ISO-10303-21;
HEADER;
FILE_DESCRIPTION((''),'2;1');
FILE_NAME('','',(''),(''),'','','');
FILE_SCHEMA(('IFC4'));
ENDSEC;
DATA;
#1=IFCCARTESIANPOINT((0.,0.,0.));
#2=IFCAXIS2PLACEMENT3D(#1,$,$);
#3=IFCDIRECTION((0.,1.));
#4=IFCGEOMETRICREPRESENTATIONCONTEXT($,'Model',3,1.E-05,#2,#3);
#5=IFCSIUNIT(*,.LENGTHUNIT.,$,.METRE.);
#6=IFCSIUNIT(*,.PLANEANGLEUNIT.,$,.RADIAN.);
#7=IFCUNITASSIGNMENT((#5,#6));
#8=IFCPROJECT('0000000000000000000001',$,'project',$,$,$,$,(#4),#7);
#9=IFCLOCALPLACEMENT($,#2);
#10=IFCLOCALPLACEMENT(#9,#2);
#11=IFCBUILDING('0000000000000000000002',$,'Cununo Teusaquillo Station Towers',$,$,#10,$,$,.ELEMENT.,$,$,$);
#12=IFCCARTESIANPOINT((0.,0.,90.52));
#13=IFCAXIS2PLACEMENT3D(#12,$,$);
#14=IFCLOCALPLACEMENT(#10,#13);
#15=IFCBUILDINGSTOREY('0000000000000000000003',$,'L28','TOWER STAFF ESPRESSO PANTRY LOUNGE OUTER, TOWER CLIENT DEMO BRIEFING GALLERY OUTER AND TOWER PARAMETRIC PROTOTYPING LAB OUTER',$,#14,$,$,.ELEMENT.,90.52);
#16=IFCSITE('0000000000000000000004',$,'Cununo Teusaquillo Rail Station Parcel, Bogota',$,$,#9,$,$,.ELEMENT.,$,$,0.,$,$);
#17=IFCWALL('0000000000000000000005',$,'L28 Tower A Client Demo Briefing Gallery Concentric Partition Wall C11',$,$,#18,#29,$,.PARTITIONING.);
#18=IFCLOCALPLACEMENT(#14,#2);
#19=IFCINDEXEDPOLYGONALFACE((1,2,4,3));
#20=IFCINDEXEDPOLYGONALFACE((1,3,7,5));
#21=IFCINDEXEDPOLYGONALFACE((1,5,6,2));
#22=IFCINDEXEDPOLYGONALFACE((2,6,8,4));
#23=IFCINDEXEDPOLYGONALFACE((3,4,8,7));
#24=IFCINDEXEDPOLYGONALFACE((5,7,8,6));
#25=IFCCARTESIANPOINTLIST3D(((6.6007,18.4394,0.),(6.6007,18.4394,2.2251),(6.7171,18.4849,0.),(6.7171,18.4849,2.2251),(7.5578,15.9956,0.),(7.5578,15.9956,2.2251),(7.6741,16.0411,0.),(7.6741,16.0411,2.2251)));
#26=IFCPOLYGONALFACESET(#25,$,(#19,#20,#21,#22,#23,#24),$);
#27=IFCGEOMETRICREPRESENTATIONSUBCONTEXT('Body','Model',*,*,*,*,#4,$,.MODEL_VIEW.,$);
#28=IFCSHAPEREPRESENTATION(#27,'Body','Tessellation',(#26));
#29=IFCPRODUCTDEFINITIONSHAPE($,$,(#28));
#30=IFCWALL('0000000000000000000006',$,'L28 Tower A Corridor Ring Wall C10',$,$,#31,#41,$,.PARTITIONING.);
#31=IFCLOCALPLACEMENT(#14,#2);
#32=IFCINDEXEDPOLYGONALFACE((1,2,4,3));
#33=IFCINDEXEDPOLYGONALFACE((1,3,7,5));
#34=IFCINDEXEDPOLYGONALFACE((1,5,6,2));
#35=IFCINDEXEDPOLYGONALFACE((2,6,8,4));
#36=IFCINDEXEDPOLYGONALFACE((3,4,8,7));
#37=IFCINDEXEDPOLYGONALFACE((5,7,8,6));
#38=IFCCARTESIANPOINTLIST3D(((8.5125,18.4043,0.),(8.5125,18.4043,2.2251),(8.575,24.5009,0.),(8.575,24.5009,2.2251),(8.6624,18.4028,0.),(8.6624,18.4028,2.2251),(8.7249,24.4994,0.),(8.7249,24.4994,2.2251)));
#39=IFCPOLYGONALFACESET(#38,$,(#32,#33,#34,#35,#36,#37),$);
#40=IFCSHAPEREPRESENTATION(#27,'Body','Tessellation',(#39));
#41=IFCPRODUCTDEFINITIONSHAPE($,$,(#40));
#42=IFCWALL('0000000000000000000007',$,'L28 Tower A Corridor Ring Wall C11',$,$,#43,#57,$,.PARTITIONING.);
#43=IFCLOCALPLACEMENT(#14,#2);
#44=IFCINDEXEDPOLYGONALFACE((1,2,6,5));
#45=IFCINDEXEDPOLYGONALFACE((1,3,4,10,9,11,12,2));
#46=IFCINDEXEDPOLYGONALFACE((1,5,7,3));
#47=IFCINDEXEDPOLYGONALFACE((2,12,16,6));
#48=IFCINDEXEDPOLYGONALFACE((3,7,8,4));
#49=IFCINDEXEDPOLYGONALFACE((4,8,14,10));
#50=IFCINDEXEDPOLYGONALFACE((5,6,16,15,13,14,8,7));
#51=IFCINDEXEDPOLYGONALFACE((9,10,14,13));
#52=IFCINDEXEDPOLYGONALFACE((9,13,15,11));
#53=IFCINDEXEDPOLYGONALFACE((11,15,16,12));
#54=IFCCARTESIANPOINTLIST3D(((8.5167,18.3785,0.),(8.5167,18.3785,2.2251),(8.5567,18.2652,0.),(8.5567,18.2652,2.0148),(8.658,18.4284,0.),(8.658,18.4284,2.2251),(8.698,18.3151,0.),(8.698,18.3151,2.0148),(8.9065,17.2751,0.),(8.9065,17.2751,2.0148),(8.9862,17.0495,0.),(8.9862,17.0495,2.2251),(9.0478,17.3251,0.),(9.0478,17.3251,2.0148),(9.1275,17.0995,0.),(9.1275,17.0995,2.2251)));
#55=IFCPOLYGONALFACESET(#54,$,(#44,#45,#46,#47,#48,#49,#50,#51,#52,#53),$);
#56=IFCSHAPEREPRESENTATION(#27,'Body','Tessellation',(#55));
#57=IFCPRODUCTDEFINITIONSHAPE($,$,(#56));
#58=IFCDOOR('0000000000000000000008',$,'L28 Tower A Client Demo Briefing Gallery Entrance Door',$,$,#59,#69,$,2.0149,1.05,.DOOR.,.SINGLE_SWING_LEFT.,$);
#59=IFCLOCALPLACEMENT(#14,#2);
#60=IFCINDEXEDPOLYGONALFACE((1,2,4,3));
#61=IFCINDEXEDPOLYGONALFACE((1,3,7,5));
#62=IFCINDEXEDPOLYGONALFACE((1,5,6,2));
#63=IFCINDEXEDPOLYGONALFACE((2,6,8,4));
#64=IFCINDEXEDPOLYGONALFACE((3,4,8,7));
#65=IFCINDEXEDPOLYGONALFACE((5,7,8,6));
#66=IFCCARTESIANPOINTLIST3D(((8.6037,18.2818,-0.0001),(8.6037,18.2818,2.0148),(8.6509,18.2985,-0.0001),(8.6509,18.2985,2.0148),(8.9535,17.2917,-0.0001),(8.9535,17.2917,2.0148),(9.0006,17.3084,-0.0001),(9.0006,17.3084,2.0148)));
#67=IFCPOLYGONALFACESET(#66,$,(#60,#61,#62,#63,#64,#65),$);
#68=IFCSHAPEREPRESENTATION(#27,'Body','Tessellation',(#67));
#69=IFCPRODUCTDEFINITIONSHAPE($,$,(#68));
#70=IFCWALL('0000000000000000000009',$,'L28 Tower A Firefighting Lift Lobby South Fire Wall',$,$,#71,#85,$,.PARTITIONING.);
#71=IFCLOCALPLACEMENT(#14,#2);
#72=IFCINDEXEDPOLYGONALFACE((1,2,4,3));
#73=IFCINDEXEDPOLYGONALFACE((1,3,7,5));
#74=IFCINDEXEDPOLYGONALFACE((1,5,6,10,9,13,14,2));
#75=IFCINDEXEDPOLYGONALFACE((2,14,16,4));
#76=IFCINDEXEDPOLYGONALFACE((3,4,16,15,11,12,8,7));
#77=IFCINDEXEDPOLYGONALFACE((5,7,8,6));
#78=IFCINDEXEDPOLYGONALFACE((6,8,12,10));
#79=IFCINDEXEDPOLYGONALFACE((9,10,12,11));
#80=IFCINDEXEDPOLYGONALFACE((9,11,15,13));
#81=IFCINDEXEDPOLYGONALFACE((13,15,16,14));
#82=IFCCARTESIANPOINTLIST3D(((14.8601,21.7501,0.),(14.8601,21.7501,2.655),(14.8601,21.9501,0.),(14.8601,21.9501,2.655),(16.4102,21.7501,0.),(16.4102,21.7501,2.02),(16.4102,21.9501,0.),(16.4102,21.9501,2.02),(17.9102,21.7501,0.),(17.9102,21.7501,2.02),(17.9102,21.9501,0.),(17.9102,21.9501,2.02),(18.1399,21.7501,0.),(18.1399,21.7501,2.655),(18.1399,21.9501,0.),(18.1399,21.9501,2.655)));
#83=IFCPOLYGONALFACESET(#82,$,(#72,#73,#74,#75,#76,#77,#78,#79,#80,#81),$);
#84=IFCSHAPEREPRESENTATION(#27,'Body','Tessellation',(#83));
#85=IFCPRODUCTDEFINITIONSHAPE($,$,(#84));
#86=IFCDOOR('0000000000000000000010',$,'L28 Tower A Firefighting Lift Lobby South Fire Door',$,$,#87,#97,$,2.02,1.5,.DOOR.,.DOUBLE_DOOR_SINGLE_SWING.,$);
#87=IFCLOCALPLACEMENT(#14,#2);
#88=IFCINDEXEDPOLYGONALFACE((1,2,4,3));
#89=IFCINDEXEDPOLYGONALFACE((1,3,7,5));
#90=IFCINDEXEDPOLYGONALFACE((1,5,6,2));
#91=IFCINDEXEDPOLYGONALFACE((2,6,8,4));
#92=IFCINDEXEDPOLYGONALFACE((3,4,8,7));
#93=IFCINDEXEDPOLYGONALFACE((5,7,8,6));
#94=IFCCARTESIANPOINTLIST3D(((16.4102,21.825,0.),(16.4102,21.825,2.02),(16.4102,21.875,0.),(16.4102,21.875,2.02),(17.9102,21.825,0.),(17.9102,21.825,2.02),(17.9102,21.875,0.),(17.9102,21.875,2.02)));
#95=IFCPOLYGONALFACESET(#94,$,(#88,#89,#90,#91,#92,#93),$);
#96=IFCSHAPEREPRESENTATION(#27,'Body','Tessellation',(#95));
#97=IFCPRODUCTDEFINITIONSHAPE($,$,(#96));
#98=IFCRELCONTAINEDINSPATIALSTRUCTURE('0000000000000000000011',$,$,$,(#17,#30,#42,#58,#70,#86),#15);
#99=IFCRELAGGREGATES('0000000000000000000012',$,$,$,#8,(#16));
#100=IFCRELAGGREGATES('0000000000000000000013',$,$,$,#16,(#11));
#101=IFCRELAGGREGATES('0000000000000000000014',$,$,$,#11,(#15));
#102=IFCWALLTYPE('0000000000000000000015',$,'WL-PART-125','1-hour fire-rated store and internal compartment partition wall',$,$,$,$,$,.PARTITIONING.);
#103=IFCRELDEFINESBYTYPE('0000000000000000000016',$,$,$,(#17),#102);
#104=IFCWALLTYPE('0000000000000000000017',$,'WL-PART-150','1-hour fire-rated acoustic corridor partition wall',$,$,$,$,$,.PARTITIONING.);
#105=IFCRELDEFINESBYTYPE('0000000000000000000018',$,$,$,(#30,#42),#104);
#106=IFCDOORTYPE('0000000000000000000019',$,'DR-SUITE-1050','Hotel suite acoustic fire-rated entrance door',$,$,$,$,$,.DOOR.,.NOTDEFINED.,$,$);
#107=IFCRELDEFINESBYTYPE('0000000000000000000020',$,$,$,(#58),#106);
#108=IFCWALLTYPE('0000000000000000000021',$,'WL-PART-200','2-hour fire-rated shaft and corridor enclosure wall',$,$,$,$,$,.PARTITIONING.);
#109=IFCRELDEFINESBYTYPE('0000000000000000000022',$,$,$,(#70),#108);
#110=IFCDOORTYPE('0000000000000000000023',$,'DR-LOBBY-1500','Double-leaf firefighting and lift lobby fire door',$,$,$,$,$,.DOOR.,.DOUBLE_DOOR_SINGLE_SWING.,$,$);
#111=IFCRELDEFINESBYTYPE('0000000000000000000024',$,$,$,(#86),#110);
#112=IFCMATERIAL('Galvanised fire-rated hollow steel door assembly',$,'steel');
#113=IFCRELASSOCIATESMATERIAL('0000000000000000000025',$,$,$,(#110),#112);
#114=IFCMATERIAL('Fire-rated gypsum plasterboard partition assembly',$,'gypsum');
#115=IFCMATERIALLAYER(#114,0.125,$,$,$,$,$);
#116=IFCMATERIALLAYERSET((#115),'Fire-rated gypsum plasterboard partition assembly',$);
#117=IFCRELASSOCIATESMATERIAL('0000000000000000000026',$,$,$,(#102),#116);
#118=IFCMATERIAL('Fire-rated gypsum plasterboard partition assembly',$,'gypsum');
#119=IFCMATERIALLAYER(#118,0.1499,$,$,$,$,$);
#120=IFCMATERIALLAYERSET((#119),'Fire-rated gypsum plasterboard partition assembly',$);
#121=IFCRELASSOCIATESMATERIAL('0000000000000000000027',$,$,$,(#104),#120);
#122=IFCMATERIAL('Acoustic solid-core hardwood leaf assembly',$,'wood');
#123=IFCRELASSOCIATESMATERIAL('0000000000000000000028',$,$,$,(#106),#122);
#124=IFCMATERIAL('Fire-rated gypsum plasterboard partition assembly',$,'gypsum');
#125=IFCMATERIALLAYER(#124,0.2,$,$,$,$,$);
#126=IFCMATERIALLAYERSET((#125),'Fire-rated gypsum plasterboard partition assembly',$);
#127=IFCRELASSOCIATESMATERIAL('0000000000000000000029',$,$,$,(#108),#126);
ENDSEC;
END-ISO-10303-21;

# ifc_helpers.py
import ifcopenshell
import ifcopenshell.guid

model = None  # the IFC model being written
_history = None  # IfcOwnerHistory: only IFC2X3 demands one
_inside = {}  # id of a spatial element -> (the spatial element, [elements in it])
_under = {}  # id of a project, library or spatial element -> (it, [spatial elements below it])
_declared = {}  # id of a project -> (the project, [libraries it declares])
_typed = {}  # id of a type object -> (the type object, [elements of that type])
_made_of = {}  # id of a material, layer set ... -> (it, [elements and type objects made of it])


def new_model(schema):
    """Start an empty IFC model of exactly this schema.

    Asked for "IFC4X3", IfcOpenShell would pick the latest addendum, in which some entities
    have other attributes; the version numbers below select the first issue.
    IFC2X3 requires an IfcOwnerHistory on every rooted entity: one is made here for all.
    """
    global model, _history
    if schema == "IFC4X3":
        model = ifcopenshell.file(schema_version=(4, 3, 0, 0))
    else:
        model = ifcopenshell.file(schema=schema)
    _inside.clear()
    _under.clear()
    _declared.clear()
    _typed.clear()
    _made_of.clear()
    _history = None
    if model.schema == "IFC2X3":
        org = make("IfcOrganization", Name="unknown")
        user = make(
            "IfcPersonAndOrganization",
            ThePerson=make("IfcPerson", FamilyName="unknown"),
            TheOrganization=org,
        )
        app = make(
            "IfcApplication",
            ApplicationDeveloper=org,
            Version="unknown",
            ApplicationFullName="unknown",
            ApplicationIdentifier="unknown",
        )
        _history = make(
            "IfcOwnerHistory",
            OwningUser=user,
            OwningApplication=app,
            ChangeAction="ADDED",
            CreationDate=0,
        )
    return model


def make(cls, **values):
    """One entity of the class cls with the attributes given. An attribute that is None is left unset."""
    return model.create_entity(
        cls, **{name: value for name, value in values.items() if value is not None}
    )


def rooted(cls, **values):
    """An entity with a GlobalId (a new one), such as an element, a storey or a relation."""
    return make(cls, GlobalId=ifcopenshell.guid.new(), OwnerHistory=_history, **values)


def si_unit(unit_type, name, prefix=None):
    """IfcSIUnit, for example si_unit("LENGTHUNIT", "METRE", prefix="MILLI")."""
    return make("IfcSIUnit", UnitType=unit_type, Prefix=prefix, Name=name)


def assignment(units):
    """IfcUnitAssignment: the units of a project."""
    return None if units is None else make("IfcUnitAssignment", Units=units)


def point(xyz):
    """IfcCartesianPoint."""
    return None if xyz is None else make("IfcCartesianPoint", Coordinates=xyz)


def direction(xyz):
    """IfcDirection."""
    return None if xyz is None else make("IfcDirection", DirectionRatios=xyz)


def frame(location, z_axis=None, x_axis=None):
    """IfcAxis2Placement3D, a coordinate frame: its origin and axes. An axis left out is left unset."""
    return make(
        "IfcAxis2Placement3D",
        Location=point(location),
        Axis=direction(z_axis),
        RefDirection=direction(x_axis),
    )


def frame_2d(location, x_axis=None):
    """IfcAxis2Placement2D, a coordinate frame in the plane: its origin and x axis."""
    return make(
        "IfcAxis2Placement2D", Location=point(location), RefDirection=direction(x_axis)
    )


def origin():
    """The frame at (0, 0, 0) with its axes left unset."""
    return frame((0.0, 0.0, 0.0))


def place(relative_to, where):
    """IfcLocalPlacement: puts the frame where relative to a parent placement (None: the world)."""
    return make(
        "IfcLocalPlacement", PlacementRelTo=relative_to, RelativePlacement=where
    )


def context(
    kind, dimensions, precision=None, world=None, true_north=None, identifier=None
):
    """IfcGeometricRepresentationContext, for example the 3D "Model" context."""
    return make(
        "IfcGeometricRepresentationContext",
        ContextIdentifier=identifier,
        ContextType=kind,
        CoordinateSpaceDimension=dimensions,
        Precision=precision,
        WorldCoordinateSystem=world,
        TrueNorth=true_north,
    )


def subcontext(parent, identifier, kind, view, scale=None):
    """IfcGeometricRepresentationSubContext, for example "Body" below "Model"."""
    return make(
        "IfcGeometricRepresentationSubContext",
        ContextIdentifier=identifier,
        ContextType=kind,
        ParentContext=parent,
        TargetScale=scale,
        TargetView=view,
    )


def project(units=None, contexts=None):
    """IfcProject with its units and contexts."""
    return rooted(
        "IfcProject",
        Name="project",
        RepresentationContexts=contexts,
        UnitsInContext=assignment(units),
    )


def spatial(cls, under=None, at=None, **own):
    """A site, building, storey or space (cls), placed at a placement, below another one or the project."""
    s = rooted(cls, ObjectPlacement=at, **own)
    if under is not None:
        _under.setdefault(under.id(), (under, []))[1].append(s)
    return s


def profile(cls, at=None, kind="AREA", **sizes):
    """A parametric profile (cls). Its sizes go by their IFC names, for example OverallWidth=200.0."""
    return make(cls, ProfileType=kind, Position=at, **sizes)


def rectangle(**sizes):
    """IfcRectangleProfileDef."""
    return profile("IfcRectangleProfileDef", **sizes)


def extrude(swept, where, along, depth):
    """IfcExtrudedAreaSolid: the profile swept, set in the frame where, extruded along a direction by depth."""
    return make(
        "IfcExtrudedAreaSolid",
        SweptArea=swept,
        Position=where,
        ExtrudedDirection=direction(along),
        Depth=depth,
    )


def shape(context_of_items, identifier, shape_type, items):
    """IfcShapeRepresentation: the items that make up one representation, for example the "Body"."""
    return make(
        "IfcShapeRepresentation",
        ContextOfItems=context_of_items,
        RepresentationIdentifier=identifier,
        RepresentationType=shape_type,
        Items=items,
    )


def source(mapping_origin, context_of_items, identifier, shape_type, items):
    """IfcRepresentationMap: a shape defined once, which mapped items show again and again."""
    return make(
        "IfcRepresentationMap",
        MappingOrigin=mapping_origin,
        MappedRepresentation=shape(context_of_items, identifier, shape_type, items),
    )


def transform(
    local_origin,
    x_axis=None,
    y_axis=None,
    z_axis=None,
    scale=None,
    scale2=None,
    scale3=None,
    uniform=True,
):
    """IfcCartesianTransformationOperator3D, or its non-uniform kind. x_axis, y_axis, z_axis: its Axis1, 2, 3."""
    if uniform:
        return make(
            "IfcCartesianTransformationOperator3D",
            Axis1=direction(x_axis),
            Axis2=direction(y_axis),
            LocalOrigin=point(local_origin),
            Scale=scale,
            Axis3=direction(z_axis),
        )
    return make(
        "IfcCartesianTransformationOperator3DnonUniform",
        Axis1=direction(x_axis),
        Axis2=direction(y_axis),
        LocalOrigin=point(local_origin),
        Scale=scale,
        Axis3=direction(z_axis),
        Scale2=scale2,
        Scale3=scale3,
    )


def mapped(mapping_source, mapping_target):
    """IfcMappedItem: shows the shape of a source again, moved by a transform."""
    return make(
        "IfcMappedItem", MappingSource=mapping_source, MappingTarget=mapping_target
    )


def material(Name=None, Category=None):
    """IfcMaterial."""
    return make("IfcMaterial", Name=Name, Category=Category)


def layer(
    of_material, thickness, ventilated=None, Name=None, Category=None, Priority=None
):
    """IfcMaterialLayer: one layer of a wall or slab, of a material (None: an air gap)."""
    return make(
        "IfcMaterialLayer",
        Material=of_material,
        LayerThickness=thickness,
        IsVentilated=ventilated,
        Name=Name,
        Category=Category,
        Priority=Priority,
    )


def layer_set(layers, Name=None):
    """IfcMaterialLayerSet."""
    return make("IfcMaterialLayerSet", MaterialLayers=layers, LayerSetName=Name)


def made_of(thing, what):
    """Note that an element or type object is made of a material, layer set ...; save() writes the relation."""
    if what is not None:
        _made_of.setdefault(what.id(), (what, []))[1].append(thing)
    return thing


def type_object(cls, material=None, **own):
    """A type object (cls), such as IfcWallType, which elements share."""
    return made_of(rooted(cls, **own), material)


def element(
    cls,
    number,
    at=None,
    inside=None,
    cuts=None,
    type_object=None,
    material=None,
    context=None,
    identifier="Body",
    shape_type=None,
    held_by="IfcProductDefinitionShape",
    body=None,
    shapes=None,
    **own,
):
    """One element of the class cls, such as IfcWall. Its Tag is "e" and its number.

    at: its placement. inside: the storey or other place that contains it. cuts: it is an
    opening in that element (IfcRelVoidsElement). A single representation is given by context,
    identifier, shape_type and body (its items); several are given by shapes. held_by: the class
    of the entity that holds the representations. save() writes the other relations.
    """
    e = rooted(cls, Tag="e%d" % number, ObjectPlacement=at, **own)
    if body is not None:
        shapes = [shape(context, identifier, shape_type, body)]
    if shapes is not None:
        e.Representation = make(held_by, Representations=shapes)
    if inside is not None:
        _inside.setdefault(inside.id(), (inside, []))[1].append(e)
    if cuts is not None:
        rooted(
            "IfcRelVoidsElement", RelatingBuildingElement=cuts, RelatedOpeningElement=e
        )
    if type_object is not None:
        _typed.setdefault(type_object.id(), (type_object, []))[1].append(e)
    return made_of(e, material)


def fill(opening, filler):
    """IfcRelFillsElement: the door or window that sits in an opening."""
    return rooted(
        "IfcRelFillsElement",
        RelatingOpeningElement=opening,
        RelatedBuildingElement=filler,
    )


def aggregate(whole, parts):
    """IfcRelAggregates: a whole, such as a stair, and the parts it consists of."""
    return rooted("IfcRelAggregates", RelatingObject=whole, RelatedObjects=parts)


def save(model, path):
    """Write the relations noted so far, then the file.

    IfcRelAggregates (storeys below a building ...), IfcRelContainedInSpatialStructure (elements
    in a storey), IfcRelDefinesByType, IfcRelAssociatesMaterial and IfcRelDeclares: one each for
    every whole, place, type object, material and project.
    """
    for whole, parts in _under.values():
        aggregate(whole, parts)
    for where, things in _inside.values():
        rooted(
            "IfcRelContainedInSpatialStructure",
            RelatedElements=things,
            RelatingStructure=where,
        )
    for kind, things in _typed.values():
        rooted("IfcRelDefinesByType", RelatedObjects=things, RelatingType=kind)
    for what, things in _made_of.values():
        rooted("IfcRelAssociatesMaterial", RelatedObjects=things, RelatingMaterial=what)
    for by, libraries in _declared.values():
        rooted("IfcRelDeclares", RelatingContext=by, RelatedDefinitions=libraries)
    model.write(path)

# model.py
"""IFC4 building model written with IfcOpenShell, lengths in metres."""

from ifc_helpers import new_model, si_unit, direction, frame, frame_2d, origin, place, context, subcontext, project, spatial, rectangle, extrude, source, transform, mapped, material, layer, layer_set, type_object, element, fill, save


model = new_model("IFC4")

# Units and contexts
model_context = context("Model", 3, precision=1e-05, world=origin(), true_north=direction((0.0, 1.0)))
body_context = subcontext(model_context, "Body", "Model", "MODEL_VIEW")
ifc_project = project(units=[si_unit("LENGTHUNIT", "METRE"), si_unit("PLANEANGLEUNIT", "RADIAN")], contexts=[model_context])

# Site, building, storey
site_placement = place(None, origin())
site = spatial("IfcSite", under=ifc_project, at=site_placement, Name="Cununo Teusaquillo Rail Station Parcel, Bogota", CompositionType="ELEMENT", RefElevation=0.0)
building_placement = place(site_placement, origin())
building = spatial("IfcBuilding", under=site, at=building_placement, Name="Cununo Teusaquillo Station Towers", CompositionType="ELEMENT")
storey_placement = place(building_placement, frame((0.0, 0.0, 90.52)))
storey = spatial("IfcBuildingStorey", under=building, at=storey_placement, Name="L28", Description="TOWER STAFF ESPRESSO PANTRY LOUNGE OUTER, TOWER CLIENT DEMO BRIEFING GALLERY OUTER AND TOWER PARAMETRIC PROTOTYPING LAB OUTER", CompositionType="ELEMENT", Elevation=90.52)

# Shared definitions
ifc_material_1 = material(Name="Galvanised fire-rated hollow steel door assembly", Category="steel")
door_type_1 = type_object("IfcDoorType", Name="DR-LOBBY-1500", Description="Double-leaf firefighting and lift lobby fire door", OperationType="DOUBLE_DOOR_SINGLE_SWING", PredefinedType="DOOR", material=ifc_material_1)
shared_shape_1 = source(origin(), body_context, "Body", "SweptSolid", [
    extrude(rectangle(XDim=1.5, YDim=2.02, at=frame_2d((0.75, 1.01))), frame((0.0, 0.0249, 0.0), z_axis=(0.0, -1.0, 0.0), x_axis=(1.0, 0.0, 0.0)), (0.0, 0.0, 1.0), 0.05),
])

# Walls
ifc_material_2 = material(Name="Fire-rated gypsum plasterboard partition assembly", Category="gypsum")
ifc_layer_1 = layer(ifc_material_2, 0.125)
ifc_layer_set_1 = layer_set([ifc_layer_1], Name="Fire-rated gypsum plasterboard partition assembly")
wall_type_1 = type_object("IfcWallType", Name="WL-PART-125", Description="1-hour fire-rated store and internal compartment partition wall", PredefinedType="PARTITIONING", material=ifc_layer_set_1)
wall_1_placement = place(storey_placement, frame((6.6589, 18.4622, 0.0), z_axis=(0.0, 0.0, 1.0), x_axis=(0.364645, -0.931147, 0.0)))
element("IfcWall", 1, at=wall_1_placement, inside=storey, type_object=wall_type_1, Name="L28 Tower A Client Demo Briefing Gallery Concentric Partition Wall C11", PredefinedType="PARTITIONING", context=body_context, shape_type="SweptSolid", body=[
    extrude(rectangle(XDim=2.6245, YDim=0.125, at=frame_2d((1.3123, 0.0))), origin(), (0.0, 0.0, 1.0), 2.2251),
])
ifc_material_3 = material(Name="Fire-rated gypsum plasterboard partition assembly", Category="gypsum")
ifc_layer_2 = layer(ifc_material_3, 0.1499)
ifc_layer_set_2 = layer_set([ifc_layer_2], Name="Fire-rated gypsum plasterboard partition assembly")
wall_type_2 = type_object("IfcWallType", Name="WL-PART-150", Description="1-hour fire-rated acoustic corridor partition wall", PredefinedType="PARTITIONING", material=ifc_layer_set_2)
wall_2_placement = place(storey_placement, frame((8.6499, 24.5, 0.0), z_axis=(0.0, 0.0, 1.0), x_axis=(-0.010251, -0.999947, 0.0)))
element("IfcWall", 2, at=wall_2_placement, inside=storey, type_object=wall_type_2, Name="L28 Tower A Corridor Ring Wall C10", PredefinedType="PARTITIONING", context=body_context, shape_type="SweptSolid", body=[
    extrude(rectangle(XDim=6.0969, YDim=0.1499, at=frame_2d((3.0483, 0.0))), origin(), (0.0, 0.0, 1.0), 2.2251),
])

# Walls, openings, doors
wall_3_placement = place(storey_placement, frame((8.5874, 18.4033, 0.0), z_axis=(0.0, 0.0, 1.0), x_axis=(0.333119, -0.942885, 0.0)))
wall_3 = element("IfcWall", 3, at=wall_3_placement, inside=storey, type_object=wall_type_2, Name="L28 Tower A Corridor Ring Wall C11", PredefinedType="PARTITIONING", context=body_context, shape_type="SweptSolid", body=[
    extrude(rectangle(XDim=1.4094, YDim=0.1499, at=frame_2d((0.7046, 0.0))), origin(), (0.0, 0.0, 1.0), 2.2251),
])
shared_shape_2 = source(origin(), body_context, "Body", "SweptSolid", [
    extrude(rectangle(XDim=1.05, YDim=2.0149, at=frame_2d((0.5249, 1.0073))), frame((0.0, 0.085, 0.0), z_axis=(0.0, -1.0, 0.0), x_axis=(1.0, 0.0, 0.0)), (0.0, 0.0, 1.0), 0.1699),
])
opening_1_placement = place(wall_3_placement, frame((0.1201, 0.0, 0.0)))
opening_1 = element("IfcOpeningElement", 4, at=opening_1_placement, cuts=wall_3, PredefinedType="OPENING", context=body_context, shape_type="MappedRepresentation", body=[
    mapped(shared_shape_2, transform((0.0, 0.0, 0.0), x_axis=(1.0, 0.0, 0.0), y_axis=(0.0, 1.0, 0.0), z_axis=(0.0, 0.0, 1.0), scale=1.0)),
])
ifc_material_4 = material(Name="Acoustic solid-core hardwood leaf assembly", Category="wood")
door_type_2 = type_object("IfcDoorType", Name="DR-SUITE-1050", Description="Hotel suite acoustic fire-rated entrance door", OperationType="NOTDEFINED", PredefinedType="DOOR", material=ifc_material_4)
shared_shape_3 = source(origin(), body_context, "Body", "SweptSolid", [
    extrude(rectangle(XDim=1.05, YDim=2.0149, at=frame_2d((0.5249, 1.0073))), frame((0.0, 0.0249, 0.0), z_axis=(0.0, -1.0, 0.0), x_axis=(1.0, 0.0, 0.0)), (0.0, 0.0, 1.0), 0.05),
])
door_1_placement = place(opening_1_placement, origin())
door_1 = element("IfcDoor", 5, at=door_1_placement, inside=storey, type_object=door_type_2, Name="L28 Tower A Client Demo Briefing Gallery Entrance Door", OperationType="SINGLE_SWING_LEFT", OverallHeight=2.0149, OverallWidth=1.05, PredefinedType="DOOR", context=body_context, shape_type="MappedRepresentation", body=[
    mapped(shared_shape_3, transform((0.0, 0.0, 0.0), x_axis=(1.0, 0.0, 0.0), y_axis=(0.0, 1.0, 0.0), z_axis=(0.0, 0.0, 1.0), scale=1.0)),
])
fill(opening_1, door_1)
ifc_material_5 = material(Name="Fire-rated gypsum plasterboard partition assembly", Category="gypsum")
ifc_layer_3 = layer(ifc_material_5, 0.2)
ifc_layer_set_3 = layer_set([ifc_layer_3], Name="Fire-rated gypsum plasterboard partition assembly")
wall_type_3 = type_object("IfcWallType", Name="WL-PART-200", Description="2-hour fire-rated shaft and corridor enclosure wall", PredefinedType="PARTITIONING", material=ifc_layer_set_3)
wall_4_placement = place(storey_placement, frame((14.8601, 21.8501, 0.0), z_axis=(0.0, 0.0, 1.0), x_axis=(1.0, 0.0, 0.0)))
wall_4 = element("IfcWall", 6, at=wall_4_placement, inside=storey, type_object=wall_type_3, Name="L28 Tower A Firefighting Lift Lobby South Fire Wall", PredefinedType="PARTITIONING", context=body_context, shape_type="SweptSolid", body=[
    extrude(rectangle(XDim=3.2798, YDim=0.2, at=frame_2d((1.6399, 0.0))), origin(), (0.0, 0.0, 1.0), 2.655),
])
shared_shape_4 = source(origin(), body_context, "Body", "SweptSolid", [
    extrude(rectangle(XDim=1.5, YDim=2.02, at=frame_2d((0.75, 1.01))), frame((0.0, 0.1099, 0.0), z_axis=(0.0, -1.0, 0.0), x_axis=(1.0, 0.0, 0.0)), (0.0, 0.0, 1.0), 0.22),
])
opening_2_placement = place(wall_4_placement, frame((1.55, 0.0, 0.0)))
opening_2 = element("IfcOpeningElement", 7, at=opening_2_placement, cuts=wall_4, PredefinedType="OPENING", context=body_context, shape_type="MappedRepresentation", body=[
    mapped(shared_shape_4, transform((0.0, 0.0, 0.0), x_axis=(1.0, 0.0, 0.0), y_axis=(0.0, 1.0, 0.0), z_axis=(0.0, 0.0, 1.0), scale=1.0)),
])
door_2_placement = place(opening_2_placement, origin())
door_2 = element("IfcDoor", 8, at=door_2_placement, inside=storey, type_object=door_type_1, Name="L28 Tower A Firefighting Lift Lobby South Fire Door", OperationType="DOUBLE_DOOR_SINGLE_SWING", OverallHeight=2.02, OverallWidth=1.5, PredefinedType="DOOR", context=body_context, shape_type="MappedRepresentation", body=[
    mapped(shared_shape_1, transform((0.0, 0.0, 0.0), x_axis=(1.0, 0.0, 0.0), y_axis=(0.0, 1.0, 0.0), z_axis=(0.0, 0.0, 1.0), scale=1.0)),
])
fill(opening_2, door_2)

save(model, "model.ifc")
